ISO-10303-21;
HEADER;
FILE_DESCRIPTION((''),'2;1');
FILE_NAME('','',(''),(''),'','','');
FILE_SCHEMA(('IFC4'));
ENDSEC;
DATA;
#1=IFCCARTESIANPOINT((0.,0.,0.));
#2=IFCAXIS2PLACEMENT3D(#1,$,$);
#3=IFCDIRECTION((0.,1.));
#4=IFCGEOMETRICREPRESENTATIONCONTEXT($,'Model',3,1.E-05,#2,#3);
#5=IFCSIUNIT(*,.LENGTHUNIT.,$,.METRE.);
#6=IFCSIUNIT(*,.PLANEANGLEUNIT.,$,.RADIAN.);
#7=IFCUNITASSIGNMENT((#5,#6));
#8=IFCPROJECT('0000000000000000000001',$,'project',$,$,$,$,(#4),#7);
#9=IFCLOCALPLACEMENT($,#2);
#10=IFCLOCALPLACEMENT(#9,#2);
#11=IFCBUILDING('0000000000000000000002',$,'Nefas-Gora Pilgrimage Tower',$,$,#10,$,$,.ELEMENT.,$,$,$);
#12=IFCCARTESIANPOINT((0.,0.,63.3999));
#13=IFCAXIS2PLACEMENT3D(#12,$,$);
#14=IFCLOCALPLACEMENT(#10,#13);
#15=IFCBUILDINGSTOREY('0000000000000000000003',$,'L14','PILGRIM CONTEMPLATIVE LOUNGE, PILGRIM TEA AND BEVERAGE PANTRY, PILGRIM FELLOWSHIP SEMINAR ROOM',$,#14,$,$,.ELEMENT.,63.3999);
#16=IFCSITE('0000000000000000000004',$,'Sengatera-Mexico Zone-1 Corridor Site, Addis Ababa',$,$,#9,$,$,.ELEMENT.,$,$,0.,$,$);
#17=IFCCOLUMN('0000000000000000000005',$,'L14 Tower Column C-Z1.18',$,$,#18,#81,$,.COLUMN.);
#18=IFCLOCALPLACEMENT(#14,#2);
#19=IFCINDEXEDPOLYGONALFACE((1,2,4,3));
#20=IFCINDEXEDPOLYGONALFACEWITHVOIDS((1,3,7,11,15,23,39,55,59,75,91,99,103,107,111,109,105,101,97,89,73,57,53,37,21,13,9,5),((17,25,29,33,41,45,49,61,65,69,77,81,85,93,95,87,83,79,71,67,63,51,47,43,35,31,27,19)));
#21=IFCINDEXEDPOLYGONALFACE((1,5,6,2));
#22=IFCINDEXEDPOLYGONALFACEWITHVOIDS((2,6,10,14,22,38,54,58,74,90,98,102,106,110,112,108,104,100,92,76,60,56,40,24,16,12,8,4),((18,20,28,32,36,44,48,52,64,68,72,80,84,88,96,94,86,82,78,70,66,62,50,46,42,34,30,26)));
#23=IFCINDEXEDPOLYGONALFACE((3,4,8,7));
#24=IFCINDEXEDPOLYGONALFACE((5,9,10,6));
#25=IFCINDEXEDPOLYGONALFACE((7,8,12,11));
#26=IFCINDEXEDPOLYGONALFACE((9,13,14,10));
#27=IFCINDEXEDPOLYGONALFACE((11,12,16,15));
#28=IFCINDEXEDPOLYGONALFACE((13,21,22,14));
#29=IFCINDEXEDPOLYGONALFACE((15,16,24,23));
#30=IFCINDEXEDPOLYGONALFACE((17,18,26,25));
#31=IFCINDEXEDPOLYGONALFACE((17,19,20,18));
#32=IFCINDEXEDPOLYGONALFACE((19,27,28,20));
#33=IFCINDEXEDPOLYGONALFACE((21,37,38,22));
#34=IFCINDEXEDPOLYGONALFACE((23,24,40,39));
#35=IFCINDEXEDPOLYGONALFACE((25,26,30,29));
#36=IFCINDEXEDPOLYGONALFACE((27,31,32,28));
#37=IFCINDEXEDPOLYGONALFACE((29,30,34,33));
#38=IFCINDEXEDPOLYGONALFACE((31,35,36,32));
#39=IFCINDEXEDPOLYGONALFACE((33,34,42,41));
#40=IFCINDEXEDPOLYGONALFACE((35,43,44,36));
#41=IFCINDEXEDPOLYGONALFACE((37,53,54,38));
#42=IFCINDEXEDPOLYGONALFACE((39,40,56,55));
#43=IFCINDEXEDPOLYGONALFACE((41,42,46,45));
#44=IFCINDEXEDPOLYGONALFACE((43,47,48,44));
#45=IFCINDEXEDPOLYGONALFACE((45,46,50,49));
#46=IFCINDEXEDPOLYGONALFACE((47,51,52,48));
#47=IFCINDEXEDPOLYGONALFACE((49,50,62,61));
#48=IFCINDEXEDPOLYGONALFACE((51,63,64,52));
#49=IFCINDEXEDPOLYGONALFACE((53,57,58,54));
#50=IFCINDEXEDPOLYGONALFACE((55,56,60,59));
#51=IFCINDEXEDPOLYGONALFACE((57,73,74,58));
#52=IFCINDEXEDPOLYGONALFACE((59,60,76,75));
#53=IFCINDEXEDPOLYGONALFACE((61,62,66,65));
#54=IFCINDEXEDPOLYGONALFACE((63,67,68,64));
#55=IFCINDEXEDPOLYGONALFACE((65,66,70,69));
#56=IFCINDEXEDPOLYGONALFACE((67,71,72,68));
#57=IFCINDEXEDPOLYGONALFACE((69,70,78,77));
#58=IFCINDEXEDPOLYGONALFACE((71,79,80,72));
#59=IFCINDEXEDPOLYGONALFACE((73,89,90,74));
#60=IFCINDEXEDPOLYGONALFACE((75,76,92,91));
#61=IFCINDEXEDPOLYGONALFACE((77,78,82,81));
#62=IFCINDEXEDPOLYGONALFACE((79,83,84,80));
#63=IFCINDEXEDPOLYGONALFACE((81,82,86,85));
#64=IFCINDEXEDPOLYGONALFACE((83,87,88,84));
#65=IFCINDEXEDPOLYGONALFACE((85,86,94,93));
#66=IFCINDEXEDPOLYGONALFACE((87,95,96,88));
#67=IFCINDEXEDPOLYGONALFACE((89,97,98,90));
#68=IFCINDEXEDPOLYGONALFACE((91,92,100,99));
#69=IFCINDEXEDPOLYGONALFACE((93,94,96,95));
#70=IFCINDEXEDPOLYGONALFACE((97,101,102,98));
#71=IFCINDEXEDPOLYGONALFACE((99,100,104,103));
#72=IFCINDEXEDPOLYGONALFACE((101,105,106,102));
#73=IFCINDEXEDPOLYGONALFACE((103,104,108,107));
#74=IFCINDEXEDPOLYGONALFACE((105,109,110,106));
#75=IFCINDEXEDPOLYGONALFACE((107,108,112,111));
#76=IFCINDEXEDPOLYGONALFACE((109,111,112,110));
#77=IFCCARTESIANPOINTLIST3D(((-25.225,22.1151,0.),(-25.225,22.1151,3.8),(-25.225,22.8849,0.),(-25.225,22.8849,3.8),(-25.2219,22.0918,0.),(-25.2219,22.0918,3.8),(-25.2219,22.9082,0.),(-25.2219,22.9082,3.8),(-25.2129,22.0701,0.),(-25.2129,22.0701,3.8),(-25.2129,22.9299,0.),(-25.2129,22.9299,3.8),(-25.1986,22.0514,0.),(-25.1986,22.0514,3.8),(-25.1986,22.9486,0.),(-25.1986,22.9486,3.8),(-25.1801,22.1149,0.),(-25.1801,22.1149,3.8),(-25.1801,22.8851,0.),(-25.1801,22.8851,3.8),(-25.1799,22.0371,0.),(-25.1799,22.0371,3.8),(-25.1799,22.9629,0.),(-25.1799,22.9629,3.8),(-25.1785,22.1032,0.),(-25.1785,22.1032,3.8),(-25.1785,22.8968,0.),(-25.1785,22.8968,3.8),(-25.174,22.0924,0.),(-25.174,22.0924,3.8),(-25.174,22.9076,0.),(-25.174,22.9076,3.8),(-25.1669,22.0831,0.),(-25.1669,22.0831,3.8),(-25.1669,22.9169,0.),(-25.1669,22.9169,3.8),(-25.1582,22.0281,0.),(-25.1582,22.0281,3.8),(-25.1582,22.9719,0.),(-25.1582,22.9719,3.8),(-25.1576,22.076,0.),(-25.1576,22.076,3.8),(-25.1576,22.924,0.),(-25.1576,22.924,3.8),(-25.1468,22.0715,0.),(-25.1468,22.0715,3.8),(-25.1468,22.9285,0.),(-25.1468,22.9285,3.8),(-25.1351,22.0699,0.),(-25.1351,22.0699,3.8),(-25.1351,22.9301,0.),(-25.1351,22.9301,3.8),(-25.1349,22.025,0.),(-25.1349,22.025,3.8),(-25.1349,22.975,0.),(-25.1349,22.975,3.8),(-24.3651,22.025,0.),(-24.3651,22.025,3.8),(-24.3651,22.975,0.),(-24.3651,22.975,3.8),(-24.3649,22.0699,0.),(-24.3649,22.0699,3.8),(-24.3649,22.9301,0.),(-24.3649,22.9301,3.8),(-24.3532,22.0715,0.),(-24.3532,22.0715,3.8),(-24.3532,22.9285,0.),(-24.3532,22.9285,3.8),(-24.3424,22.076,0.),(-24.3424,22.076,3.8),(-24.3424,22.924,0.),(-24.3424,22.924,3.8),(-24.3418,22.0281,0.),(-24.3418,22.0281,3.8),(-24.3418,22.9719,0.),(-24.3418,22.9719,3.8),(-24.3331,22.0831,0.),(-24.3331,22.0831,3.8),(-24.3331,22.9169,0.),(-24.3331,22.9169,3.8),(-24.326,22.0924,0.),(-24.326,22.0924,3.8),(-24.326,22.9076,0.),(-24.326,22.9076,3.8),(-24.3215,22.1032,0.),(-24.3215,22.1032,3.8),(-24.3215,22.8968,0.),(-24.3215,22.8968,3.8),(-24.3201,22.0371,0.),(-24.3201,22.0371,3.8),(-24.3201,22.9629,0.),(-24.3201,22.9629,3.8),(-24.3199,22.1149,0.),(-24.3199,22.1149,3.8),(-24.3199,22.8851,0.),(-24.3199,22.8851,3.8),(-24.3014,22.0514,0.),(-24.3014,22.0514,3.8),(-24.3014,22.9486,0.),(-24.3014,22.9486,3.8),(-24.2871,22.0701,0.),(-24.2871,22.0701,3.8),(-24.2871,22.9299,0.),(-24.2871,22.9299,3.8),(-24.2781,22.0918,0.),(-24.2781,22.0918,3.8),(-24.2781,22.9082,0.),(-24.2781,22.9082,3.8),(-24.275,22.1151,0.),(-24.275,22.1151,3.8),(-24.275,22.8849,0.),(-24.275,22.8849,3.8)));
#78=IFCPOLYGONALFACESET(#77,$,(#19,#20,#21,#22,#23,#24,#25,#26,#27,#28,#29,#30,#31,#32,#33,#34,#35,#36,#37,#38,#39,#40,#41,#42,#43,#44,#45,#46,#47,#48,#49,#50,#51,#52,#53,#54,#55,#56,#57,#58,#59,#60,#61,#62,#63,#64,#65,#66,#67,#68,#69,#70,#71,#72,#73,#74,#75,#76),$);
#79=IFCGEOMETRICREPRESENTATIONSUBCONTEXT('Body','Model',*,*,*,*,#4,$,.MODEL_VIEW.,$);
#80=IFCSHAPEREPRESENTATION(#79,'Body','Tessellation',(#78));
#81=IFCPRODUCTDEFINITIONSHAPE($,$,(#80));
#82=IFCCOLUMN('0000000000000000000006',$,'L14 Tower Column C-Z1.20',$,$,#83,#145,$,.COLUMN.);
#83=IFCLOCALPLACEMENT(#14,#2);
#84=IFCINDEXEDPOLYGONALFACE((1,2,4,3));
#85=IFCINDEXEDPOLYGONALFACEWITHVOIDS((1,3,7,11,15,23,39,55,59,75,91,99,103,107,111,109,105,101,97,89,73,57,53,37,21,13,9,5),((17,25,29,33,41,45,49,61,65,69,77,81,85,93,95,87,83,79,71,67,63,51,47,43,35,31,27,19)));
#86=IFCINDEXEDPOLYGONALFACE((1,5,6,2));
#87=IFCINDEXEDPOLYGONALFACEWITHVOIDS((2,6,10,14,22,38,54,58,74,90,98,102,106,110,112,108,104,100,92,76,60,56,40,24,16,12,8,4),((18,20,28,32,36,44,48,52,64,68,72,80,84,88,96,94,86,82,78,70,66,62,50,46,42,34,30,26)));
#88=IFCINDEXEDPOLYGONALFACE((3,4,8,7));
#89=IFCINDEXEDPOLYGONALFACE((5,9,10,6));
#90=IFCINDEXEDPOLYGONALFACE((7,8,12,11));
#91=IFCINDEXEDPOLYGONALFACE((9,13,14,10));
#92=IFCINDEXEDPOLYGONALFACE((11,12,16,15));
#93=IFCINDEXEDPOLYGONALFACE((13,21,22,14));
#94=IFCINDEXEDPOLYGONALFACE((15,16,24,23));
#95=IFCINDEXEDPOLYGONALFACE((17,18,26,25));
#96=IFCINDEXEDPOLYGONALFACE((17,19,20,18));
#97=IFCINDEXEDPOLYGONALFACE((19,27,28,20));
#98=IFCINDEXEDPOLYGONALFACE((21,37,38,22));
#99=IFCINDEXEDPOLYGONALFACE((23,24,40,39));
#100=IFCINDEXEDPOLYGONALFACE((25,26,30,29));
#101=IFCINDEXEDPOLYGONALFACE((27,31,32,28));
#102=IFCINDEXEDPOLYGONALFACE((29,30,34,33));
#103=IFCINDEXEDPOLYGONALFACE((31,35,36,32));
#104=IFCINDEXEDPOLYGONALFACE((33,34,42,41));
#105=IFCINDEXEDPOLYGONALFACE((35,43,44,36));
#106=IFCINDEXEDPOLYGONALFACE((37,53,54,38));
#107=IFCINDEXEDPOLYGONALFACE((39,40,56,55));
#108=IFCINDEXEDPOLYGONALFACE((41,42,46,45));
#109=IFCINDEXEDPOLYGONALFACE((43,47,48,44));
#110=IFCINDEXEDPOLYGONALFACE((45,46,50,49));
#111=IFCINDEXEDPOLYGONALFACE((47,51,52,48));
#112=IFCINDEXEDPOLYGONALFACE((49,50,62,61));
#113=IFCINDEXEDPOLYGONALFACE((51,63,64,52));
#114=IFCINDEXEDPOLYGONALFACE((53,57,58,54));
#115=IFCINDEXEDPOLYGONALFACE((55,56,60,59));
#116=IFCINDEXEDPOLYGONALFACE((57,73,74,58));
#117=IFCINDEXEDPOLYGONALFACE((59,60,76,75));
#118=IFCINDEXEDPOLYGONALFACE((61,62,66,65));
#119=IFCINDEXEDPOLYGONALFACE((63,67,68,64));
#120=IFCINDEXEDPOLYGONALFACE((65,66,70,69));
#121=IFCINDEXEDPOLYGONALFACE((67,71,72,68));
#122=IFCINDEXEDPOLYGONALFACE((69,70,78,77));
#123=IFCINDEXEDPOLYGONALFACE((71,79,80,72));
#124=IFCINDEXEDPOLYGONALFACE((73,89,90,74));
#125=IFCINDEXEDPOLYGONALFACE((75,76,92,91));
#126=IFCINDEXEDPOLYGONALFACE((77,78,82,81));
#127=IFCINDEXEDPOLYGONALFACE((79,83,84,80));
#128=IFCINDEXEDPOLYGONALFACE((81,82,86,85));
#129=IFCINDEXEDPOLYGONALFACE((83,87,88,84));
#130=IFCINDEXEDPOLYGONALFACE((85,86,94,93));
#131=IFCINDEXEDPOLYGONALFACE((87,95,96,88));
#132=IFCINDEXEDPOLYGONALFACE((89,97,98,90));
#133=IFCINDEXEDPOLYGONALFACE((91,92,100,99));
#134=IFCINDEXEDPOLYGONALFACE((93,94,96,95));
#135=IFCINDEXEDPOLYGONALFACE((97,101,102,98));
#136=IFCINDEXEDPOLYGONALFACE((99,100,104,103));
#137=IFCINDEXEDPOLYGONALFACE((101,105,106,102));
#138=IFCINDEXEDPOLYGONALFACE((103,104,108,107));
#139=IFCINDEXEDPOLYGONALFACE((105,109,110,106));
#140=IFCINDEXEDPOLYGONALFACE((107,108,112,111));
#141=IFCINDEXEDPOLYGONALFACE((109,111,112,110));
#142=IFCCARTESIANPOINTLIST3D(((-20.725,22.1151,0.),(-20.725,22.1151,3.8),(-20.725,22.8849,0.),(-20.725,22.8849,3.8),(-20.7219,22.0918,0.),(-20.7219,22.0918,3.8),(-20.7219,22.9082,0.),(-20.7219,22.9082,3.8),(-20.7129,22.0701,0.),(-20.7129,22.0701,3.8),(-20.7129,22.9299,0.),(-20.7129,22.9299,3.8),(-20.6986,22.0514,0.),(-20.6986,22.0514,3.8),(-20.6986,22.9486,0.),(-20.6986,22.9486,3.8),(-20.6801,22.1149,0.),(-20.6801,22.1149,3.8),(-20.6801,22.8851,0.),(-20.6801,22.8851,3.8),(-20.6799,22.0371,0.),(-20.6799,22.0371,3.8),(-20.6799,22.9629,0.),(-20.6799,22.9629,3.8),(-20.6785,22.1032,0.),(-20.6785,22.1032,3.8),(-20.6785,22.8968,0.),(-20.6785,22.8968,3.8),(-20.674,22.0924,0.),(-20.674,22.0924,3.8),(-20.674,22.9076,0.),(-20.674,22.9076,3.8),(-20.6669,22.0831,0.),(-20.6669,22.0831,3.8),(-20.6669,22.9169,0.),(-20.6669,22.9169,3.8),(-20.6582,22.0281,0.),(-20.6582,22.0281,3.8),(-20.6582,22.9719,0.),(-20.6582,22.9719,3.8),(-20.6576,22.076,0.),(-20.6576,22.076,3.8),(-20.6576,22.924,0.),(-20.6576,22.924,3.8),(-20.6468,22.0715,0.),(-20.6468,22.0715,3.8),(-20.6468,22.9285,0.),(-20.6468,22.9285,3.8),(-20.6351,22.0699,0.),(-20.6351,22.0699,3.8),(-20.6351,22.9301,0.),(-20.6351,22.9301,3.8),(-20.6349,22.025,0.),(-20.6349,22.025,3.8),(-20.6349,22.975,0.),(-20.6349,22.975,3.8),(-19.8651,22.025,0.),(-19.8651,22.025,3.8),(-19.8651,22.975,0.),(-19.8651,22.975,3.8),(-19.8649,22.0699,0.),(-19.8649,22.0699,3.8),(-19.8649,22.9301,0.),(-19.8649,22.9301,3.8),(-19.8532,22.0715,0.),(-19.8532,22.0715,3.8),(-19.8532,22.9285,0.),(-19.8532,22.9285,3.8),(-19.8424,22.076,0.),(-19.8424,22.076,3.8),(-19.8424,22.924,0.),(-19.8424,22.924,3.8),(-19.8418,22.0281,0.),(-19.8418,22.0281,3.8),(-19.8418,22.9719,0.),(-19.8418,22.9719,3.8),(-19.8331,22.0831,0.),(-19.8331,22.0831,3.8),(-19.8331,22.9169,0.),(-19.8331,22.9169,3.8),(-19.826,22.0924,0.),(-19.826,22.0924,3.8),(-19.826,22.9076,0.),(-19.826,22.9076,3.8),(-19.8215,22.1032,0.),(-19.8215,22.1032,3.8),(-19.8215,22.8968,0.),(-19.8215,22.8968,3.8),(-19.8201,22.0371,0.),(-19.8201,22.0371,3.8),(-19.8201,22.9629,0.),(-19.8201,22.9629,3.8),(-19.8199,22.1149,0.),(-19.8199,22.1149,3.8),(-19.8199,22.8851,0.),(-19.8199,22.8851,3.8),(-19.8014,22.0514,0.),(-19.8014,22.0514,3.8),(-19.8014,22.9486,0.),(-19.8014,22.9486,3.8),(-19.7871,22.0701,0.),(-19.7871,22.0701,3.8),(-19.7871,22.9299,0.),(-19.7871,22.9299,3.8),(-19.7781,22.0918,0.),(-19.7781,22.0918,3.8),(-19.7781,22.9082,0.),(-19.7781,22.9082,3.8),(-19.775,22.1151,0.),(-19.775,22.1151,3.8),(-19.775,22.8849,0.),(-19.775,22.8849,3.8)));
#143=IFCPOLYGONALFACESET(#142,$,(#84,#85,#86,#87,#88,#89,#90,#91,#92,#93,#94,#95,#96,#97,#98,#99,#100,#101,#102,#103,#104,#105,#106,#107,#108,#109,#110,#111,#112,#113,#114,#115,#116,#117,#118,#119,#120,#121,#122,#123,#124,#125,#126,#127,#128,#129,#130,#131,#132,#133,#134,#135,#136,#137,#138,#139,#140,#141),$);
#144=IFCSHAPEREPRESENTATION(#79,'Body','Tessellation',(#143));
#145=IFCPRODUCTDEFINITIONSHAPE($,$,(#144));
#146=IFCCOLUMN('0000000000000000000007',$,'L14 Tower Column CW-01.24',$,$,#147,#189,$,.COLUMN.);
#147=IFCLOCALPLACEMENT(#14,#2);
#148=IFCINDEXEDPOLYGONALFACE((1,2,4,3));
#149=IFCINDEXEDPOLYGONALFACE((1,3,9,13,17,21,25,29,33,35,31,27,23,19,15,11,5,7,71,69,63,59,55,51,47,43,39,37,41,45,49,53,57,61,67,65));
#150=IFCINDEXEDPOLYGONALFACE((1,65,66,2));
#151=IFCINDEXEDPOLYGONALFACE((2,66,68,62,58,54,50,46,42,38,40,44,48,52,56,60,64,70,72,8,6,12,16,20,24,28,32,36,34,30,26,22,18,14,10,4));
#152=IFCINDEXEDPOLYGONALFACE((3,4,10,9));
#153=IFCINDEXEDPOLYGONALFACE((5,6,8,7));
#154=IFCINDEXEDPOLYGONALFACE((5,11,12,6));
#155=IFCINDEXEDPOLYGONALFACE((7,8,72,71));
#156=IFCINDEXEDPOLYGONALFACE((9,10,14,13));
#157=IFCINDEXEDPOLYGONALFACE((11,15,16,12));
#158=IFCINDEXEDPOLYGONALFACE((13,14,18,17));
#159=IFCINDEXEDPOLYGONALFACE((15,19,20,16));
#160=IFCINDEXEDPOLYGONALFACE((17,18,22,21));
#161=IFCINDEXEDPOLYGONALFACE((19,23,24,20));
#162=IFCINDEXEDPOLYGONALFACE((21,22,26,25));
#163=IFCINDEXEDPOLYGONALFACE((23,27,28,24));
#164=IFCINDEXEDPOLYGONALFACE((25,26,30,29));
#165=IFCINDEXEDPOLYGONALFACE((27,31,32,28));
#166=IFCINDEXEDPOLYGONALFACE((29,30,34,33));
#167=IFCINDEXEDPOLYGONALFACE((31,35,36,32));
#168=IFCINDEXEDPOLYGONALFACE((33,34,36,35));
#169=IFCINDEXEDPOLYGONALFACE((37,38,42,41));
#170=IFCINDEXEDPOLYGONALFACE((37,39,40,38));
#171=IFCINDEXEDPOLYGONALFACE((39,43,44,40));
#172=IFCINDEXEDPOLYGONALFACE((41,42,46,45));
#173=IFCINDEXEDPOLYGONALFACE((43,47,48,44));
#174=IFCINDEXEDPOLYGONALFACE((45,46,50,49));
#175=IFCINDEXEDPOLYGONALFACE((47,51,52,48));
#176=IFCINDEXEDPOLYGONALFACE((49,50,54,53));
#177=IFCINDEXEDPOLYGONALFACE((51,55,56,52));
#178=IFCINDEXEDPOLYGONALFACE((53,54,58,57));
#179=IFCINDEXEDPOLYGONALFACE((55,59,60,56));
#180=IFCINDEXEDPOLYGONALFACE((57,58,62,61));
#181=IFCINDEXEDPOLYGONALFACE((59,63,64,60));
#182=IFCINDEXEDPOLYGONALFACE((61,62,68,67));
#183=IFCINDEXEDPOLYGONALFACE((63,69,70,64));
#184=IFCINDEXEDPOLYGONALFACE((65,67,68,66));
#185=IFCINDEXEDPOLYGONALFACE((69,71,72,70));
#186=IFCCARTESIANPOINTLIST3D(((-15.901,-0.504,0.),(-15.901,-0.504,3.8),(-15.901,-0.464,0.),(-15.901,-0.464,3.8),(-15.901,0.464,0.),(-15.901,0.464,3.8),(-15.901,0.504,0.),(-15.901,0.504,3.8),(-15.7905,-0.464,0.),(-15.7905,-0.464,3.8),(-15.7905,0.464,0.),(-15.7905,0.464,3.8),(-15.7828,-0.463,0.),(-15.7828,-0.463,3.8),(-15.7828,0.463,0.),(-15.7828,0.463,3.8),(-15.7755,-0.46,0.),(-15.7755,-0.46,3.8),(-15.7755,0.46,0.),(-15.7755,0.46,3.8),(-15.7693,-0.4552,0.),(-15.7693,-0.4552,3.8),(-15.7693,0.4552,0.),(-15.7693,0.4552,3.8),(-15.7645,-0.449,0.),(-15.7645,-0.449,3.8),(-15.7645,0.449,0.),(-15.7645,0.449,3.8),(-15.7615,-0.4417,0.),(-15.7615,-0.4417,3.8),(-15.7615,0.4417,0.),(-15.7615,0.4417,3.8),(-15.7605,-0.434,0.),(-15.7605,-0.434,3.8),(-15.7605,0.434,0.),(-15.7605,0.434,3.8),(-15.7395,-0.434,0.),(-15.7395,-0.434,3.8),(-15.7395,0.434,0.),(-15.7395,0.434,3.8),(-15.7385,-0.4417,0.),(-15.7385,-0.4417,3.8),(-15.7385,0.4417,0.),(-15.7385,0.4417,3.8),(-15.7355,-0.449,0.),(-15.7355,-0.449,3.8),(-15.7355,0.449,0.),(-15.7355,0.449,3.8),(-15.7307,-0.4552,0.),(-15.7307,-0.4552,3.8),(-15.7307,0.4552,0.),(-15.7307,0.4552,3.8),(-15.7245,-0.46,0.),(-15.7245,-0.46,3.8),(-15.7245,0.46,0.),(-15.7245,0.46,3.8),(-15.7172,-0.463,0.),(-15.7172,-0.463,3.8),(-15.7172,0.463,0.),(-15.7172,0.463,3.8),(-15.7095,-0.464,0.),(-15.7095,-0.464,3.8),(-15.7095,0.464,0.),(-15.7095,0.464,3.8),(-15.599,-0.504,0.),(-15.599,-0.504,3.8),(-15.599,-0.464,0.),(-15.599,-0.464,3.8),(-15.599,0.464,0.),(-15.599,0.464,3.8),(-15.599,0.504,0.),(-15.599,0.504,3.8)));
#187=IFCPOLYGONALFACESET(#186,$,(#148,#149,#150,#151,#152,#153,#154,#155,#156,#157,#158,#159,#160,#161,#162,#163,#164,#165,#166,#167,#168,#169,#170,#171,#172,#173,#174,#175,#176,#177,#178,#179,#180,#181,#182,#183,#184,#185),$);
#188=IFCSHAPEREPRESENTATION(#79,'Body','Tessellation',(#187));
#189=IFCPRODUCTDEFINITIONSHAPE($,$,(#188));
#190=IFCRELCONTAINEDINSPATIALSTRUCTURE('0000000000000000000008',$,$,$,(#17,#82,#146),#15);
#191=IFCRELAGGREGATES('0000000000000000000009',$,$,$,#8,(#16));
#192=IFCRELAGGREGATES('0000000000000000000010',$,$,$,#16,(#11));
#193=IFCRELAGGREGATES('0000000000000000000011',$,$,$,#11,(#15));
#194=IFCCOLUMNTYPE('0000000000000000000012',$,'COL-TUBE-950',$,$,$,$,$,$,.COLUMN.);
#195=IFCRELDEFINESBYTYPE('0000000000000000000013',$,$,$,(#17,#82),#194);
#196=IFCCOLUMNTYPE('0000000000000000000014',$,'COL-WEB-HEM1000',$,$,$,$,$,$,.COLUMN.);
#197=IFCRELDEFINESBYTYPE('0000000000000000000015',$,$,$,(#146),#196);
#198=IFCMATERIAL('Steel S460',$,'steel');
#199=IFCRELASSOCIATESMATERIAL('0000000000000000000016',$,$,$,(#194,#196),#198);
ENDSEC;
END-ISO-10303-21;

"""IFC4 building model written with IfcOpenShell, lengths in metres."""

from ifc_helpers import new_model, si_unit, direction, frame, origin, origin_2d, place, context, subcontext, project, spatial, hollow_rectangle, i_section, extrude, source, transform, mapped, material, material_profile, profile_set, type_object, element, save


model = new_model("IFC4")

# Units and contexts
model_context = context("Model", 3, precision=1e-05, world=origin(), true_north=direction((0.0, 1.0)))
body_context = subcontext(model_context, "Body", "Model", "MODEL_VIEW")
ifc_project = project(units=[si_unit("LENGTHUNIT", "METRE"), si_unit("PLANEANGLEUNIT", "RADIAN")], contexts=[model_context])

# Site, building, storey
site_placement = place(None, origin())
site = spatial("IfcSite", under=ifc_project, at=site_placement, Name="Sengatera-Mexico Zone-1 Corridor Site, Addis Ababa", CompositionType="ELEMENT", RefElevation=0.0)
building_placement = place(site_placement, origin())
building = spatial("IfcBuilding", under=site, at=building_placement, Name="Nefas-Gora Pilgrimage Tower", CompositionType="ELEMENT")
storey_placement = place(building_placement, frame((0.0, 0.0, 63.3999)))
storey = spatial("IfcBuildingStorey", under=building, at=storey_placement, Name="L14", Description="PILGRIM CONTEMPLATIVE LOUNGE, PILGRIM TEA AND BEVERAGE PANTRY, PILGRIM FELLOWSHIP SEMINAR ROOM", CompositionType="ELEMENT", Elevation=63.3999)

# Columns
ifc_material_1 = material(Name="Steel S460", Category="steel")
ifc_material_profile_1 = material_profile(ifc_material_1, hollow_rectangle(XDim=0.95, YDim=0.95, WallThickness=0.0449, InnerFilletRadius=0.0449, OuterFilletRadius=0.0901, at=origin_2d()), Name="BOX 950x950x45")
ifc_profile_set_1 = profile_set([ifc_material_profile_1], Name="Steel S460")
column_type_1 = type_object("IfcColumnType", Name="COL-TUBE-950", PredefinedType="COLUMN", material=ifc_profile_set_1)
shared_shape_1 = source(origin(), body_context, "Body", "SweptSolid", [
    extrude(hollow_rectangle(XDim=0.95, YDim=0.95, WallThickness=0.0449, InnerFilletRadius=0.0449, OuterFilletRadius=0.0901, at=origin_2d()), origin(), (0.0, 0.0, 1.0), 3.8),
])
for number, where, z_axis, x_axis, name in (
    (1, (-24.75, 22.5, 0.0), (0.0, 0.0, 1.0), (1.0, 0.0, 0.0), "L14 Tower Column C-Z1.18"),
    (2, (-20.25, 22.5, 0.0), (0.0, 0.0, 1.0), (1.0, 0.0, 0.0), "L14 Tower Column C-Z1.20"),
):
    element("IfcColumn", number, at=place(storey_placement, frame(where, z_axis=z_axis, x_axis=x_axis)), inside=storey, type_object=column_type_1, Name=name, PredefinedType="COLUMN", context=body_context, shape_type="MappedRepresentation", body=[
        mapped(shared_shape_1, transform((0.0, 0.0, 0.0), x_axis=(1.0, 0.0, 0.0), y_axis=(0.0, 1.0, 0.0), z_axis=(0.0, 0.0, 1.0), scale=1.0)),
    ])
ifc_material_profile_2 = material_profile(ifc_material_1, i_section(OverallWidth=0.302, OverallDepth=1.0081, WebThickness=0.021, FlangeThickness=0.04, FilletRadius=0.03, at=origin_2d()), Name="HEM 1000")
ifc_profile_set_2 = profile_set([ifc_material_profile_2], Name="Steel S460")
column_type_2 = type_object("IfcColumnType", Name="COL-WEB-HEM1000", PredefinedType="COLUMN", material=ifc_profile_set_2)
shared_shape_2 = source(origin(), body_context, "Body", "SweptSolid", [
    extrude(i_section(OverallWidth=0.302, OverallDepth=1.0081, WebThickness=0.021, FlangeThickness=0.04, FilletRadius=0.03, at=origin_2d()), origin(), (0.0, 0.0, 1.0), 3.8),
])
for number, where, z_axis, x_axis, name in (
    (3, (-15.75, 0.0, 0.0), (0.0, 0.0, 1.0), (1.0, 0.0, 0.0), "L14 Tower Column CW-01.24"),
):
    element("IfcColumn", number, at=place(storey_placement, frame(where, z_axis=z_axis, x_axis=x_axis)), inside=storey, type_object=column_type_2, Name=name, PredefinedType="COLUMN", context=body_context, shape_type="MappedRepresentation", body=[
        mapped(shared_shape_2, transform((0.0, 0.0, 0.0), x_axis=(1.0, 0.0, 0.0), y_axis=(0.0, 1.0, 0.0), z_axis=(0.0, 0.0, 1.0), scale=1.0)),
    ])

save(model, "model.ifc")
